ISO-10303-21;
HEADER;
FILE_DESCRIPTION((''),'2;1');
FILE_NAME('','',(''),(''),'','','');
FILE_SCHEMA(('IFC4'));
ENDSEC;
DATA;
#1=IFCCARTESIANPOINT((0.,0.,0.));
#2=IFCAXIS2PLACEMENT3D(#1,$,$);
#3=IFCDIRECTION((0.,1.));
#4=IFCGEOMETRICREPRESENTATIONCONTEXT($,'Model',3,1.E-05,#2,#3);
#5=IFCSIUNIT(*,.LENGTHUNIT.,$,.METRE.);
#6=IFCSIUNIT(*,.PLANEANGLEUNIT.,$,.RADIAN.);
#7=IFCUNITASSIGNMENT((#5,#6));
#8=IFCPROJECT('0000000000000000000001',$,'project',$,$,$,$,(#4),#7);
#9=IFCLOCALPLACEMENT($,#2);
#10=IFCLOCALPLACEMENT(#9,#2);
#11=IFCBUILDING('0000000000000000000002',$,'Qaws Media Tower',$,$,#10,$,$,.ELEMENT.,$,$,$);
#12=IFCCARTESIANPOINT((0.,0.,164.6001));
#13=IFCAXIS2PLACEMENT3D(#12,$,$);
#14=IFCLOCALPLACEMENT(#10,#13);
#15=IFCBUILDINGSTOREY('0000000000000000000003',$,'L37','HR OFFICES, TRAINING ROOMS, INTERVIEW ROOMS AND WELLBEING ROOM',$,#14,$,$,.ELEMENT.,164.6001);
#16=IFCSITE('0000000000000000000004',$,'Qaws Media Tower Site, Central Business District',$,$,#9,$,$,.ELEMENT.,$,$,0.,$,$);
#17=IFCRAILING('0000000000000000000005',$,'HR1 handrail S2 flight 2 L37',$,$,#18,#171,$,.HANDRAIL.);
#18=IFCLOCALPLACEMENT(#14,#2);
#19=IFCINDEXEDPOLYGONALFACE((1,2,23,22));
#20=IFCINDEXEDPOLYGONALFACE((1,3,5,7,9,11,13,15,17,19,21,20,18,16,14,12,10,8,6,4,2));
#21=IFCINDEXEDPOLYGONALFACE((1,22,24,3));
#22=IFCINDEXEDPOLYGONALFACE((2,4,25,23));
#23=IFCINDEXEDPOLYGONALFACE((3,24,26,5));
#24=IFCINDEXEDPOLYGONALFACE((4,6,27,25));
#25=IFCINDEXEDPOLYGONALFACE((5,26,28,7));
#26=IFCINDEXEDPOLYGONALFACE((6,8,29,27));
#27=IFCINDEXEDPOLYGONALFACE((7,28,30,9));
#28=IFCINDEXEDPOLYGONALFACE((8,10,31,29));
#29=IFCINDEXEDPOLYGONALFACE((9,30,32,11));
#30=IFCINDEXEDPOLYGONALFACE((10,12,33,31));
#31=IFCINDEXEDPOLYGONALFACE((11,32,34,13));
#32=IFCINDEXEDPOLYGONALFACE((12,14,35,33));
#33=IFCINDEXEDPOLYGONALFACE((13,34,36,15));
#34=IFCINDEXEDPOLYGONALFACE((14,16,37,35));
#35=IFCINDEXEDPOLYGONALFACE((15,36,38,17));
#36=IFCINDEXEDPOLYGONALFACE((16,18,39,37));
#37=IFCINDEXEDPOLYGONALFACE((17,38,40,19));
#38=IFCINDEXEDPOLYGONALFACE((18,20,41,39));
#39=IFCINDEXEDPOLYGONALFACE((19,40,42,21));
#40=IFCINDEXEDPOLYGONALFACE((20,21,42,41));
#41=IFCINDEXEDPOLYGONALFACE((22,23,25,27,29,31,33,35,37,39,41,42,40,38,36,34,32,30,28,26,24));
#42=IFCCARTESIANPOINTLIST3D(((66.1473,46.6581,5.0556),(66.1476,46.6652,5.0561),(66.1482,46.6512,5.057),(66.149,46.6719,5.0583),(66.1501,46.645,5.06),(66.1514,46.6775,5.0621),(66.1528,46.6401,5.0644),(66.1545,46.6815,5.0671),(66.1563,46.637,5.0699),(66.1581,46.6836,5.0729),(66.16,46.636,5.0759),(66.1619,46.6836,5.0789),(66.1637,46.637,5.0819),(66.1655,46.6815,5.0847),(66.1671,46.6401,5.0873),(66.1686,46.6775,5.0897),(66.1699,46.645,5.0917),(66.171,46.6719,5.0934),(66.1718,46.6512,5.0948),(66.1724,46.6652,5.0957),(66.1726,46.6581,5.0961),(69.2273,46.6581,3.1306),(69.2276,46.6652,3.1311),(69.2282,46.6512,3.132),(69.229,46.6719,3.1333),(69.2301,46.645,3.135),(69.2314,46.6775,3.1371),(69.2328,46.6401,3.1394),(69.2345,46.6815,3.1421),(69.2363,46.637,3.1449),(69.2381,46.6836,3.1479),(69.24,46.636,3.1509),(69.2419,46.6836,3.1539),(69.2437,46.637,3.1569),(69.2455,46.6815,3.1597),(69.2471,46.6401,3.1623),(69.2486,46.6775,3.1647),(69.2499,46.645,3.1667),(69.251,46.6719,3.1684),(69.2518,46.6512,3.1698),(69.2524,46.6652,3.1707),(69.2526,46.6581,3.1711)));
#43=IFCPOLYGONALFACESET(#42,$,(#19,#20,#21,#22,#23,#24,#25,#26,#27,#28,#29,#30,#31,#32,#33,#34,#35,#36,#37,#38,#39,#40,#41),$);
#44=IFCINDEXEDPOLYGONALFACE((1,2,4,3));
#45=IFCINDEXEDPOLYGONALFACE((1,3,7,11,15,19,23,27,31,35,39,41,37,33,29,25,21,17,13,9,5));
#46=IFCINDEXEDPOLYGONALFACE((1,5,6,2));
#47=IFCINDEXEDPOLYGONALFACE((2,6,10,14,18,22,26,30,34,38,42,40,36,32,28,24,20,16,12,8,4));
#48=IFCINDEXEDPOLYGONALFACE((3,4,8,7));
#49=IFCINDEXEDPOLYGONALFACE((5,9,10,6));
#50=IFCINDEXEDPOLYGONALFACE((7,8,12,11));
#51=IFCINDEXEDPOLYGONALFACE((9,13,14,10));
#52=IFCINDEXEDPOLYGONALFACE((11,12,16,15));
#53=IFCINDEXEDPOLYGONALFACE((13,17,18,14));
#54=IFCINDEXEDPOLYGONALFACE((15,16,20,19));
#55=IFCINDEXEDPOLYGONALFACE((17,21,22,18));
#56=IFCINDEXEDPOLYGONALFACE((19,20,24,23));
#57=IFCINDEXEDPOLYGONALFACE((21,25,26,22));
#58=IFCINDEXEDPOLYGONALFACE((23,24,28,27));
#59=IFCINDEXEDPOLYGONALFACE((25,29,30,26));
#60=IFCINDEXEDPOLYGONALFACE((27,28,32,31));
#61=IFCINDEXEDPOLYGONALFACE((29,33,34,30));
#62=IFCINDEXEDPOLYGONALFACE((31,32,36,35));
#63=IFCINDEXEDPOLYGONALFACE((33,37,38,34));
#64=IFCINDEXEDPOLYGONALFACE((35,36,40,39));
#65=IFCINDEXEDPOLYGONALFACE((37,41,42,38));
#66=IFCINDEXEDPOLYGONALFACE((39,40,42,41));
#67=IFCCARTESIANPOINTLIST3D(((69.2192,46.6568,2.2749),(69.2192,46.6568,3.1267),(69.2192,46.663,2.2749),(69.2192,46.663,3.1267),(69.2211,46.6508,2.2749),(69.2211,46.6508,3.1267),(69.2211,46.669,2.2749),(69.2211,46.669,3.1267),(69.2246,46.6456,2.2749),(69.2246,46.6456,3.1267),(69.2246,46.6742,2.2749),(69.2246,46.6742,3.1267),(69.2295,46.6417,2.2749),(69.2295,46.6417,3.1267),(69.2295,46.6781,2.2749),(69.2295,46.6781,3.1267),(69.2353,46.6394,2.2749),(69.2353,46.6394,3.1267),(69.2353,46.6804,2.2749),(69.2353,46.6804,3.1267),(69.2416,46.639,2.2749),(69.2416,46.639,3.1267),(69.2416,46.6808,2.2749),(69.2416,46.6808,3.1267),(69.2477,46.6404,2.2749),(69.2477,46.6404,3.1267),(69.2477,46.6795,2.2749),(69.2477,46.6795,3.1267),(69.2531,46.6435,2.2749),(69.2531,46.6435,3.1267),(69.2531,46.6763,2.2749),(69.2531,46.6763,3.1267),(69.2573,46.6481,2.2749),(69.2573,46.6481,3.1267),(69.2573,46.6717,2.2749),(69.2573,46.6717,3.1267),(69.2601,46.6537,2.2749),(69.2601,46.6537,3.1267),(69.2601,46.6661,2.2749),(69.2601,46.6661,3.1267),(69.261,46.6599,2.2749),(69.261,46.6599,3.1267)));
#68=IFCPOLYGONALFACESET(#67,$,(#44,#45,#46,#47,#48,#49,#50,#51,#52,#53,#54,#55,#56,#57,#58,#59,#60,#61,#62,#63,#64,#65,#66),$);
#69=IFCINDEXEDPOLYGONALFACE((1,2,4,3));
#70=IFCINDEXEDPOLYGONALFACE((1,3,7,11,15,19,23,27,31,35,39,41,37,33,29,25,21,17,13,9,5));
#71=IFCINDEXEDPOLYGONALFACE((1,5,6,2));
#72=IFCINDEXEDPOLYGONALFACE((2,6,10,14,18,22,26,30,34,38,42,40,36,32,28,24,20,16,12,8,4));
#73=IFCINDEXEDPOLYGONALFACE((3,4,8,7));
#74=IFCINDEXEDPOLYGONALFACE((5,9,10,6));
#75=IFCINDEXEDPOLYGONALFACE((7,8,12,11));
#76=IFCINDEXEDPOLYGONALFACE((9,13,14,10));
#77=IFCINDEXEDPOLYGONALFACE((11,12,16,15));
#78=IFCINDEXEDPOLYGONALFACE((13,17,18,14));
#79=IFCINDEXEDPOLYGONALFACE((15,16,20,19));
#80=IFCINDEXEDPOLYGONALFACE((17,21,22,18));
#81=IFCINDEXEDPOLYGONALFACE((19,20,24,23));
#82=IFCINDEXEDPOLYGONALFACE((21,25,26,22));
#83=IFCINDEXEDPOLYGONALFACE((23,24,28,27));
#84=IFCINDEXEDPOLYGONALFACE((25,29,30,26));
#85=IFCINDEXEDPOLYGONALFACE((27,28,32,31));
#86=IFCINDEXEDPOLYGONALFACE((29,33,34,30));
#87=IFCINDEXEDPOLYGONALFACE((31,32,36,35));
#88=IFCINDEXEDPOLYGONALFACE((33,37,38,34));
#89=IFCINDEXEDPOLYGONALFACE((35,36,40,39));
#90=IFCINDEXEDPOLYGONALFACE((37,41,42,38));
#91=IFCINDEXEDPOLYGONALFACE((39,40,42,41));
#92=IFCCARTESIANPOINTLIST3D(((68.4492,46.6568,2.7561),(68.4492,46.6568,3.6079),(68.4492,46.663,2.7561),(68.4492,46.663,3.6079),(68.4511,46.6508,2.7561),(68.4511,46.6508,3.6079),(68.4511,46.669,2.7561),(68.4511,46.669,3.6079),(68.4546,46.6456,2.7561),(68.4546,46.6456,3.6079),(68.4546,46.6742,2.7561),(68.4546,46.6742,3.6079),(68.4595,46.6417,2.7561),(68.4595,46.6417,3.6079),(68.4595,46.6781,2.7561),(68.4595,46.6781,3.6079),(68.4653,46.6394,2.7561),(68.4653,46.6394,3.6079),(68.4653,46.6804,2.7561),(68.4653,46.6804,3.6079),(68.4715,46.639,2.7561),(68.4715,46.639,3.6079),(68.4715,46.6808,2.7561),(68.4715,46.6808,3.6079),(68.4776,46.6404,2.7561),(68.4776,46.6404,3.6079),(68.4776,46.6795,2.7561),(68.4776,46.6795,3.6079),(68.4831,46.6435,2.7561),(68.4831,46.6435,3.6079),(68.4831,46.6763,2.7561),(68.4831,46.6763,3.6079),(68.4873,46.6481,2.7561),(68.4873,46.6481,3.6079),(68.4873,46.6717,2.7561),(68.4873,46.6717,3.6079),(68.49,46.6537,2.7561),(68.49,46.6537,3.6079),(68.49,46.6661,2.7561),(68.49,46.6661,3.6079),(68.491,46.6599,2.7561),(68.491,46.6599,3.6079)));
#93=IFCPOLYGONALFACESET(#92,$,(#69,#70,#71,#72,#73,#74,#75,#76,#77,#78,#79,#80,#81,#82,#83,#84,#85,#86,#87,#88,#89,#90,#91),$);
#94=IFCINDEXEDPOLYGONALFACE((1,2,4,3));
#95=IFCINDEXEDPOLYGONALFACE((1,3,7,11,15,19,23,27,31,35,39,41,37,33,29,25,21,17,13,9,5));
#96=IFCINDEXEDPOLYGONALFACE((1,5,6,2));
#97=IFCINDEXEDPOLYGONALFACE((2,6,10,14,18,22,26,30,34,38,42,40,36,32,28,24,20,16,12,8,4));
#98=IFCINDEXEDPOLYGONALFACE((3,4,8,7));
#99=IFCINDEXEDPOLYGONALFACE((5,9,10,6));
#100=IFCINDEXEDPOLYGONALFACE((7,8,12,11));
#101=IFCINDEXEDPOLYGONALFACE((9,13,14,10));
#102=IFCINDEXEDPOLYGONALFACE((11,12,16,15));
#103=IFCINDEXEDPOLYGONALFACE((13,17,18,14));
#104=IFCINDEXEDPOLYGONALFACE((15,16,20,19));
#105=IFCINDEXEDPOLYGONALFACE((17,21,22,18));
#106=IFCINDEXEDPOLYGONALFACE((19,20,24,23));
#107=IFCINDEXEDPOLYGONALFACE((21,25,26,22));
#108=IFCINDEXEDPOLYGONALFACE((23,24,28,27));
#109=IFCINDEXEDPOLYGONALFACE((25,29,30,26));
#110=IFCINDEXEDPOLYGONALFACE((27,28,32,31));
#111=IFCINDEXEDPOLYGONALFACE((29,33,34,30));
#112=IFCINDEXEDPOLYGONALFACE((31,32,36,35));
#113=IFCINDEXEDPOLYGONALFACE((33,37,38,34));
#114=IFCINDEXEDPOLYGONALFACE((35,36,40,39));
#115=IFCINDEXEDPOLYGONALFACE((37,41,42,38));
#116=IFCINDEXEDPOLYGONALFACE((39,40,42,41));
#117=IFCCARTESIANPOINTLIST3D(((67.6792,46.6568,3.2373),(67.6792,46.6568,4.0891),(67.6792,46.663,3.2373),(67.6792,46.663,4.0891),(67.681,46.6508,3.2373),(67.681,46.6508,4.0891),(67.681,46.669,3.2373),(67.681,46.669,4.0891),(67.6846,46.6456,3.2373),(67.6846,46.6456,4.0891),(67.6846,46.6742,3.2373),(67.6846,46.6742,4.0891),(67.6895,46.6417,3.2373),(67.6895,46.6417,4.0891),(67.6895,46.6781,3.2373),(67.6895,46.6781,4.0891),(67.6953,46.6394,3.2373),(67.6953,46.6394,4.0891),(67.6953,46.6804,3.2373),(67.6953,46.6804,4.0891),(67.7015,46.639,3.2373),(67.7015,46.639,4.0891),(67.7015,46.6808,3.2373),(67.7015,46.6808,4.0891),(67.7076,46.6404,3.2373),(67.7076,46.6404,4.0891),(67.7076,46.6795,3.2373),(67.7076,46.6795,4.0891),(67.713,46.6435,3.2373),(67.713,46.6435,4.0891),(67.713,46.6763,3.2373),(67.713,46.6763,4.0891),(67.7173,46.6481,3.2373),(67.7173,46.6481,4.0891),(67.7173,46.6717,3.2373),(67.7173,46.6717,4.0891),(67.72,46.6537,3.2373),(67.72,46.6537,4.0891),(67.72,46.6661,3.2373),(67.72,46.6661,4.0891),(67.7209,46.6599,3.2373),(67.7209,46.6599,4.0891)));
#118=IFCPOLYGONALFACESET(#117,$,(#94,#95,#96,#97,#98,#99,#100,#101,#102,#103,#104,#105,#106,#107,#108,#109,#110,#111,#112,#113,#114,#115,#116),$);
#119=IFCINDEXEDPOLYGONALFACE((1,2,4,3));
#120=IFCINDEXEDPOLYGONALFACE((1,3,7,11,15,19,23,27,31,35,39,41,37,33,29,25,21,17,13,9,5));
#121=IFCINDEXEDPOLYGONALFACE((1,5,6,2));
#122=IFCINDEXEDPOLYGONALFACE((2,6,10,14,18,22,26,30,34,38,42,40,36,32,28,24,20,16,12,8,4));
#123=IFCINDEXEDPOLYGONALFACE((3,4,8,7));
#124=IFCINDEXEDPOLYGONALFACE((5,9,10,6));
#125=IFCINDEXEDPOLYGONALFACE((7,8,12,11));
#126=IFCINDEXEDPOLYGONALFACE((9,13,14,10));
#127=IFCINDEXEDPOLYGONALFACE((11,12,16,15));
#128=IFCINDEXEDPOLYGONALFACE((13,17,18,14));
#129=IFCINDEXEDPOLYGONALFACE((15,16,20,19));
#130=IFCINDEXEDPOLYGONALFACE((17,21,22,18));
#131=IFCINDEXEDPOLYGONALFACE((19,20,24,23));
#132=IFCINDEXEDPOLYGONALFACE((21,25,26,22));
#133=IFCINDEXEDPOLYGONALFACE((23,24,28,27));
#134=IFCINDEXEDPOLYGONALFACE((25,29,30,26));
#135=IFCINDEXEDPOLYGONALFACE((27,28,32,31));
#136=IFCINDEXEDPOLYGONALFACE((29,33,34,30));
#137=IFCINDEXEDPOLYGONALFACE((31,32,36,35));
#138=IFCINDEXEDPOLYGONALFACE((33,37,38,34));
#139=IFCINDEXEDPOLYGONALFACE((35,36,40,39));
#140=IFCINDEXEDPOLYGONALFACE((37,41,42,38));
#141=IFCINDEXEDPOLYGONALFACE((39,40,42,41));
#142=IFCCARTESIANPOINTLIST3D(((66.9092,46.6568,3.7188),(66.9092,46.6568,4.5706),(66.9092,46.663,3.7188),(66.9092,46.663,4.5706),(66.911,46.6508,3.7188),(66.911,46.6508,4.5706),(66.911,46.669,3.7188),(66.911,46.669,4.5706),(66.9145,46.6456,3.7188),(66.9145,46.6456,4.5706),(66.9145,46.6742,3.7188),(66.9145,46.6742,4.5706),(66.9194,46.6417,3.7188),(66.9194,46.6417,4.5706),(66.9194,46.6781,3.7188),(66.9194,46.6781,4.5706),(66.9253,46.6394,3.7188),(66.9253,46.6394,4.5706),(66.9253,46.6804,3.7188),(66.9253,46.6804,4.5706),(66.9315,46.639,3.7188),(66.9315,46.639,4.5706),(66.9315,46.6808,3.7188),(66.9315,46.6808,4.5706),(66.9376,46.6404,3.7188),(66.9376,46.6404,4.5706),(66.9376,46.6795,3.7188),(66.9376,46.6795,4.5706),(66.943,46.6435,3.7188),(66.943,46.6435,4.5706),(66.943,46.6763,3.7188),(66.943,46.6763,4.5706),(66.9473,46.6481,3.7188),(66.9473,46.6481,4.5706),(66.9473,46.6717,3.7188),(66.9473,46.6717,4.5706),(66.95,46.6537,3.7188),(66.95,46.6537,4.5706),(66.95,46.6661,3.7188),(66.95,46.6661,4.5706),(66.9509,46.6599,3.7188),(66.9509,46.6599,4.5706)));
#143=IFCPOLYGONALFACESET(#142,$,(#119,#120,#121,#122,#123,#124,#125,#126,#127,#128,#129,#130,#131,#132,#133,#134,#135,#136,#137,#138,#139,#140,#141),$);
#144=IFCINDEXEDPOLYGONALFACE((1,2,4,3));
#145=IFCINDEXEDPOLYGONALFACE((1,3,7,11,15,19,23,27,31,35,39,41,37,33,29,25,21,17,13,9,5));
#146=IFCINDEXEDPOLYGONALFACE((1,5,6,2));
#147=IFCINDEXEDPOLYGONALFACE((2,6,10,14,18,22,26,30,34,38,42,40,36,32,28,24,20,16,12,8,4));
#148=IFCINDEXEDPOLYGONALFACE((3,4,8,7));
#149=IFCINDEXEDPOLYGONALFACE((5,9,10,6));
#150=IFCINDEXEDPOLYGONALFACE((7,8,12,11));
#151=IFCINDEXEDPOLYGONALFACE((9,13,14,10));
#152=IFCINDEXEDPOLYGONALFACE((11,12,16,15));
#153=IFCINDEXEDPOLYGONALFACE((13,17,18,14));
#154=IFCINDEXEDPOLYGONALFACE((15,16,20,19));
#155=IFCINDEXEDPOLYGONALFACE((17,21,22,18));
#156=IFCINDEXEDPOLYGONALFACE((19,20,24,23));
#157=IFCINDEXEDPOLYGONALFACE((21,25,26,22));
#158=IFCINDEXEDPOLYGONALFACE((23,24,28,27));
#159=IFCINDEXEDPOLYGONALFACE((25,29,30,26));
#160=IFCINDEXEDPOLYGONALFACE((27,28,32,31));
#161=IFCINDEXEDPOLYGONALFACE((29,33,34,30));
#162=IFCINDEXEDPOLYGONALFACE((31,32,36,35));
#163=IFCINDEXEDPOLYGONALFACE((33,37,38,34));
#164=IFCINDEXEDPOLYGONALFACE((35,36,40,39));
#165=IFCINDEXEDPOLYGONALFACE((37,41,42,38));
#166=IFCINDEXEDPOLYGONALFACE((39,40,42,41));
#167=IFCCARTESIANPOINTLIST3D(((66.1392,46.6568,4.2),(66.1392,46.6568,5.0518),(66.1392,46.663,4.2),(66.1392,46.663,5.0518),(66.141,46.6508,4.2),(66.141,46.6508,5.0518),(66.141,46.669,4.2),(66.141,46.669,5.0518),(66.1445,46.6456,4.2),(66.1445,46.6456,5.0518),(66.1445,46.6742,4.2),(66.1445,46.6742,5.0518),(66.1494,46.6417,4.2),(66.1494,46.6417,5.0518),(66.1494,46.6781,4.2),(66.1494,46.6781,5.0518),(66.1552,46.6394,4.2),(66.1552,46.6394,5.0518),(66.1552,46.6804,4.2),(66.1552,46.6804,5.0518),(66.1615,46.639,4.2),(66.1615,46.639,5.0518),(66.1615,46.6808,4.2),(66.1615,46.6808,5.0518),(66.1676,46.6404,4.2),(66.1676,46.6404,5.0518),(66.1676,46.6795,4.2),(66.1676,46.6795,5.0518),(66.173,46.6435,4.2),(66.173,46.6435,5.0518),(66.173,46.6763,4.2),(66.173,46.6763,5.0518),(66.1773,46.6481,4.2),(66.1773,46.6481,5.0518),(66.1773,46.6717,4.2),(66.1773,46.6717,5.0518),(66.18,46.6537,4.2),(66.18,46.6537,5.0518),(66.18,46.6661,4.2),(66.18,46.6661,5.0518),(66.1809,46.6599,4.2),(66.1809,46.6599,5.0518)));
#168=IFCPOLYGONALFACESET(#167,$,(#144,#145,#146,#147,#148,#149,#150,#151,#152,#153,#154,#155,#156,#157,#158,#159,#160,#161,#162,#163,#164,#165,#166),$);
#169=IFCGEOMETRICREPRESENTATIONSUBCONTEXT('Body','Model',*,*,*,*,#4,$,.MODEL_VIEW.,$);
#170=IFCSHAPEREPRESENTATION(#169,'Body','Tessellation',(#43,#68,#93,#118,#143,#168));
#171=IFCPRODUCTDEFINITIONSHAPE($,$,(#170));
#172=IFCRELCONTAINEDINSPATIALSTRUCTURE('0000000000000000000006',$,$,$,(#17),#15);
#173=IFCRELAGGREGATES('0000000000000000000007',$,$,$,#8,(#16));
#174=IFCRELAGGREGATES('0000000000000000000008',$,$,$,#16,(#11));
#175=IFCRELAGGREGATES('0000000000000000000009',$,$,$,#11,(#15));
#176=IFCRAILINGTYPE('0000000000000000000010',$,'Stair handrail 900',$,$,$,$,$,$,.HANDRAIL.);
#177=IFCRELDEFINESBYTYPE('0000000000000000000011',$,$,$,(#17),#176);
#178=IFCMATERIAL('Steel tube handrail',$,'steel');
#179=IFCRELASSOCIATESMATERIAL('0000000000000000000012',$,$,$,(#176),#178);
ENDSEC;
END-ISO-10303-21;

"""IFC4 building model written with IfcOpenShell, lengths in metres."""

from ifc_helpers import new_model, si_unit, direction, frame, origin, origin_2d, place, context, subcontext, project, spatial, circle, extrude, material, type_object, element, save


model = new_model("IFC4")

# Units and contexts
model_context = context("Model", 3, precision=1e-05, world=origin(), true_north=direction((0.0, 1.0)))
body_context = subcontext(model_context, "Body", "Model", "MODEL_VIEW")
ifc_project = project(units=[si_unit("LENGTHUNIT", "METRE"), si_unit("PLANEANGLEUNIT", "RADIAN")], contexts=[model_context])

# Site, building, storey
site_placement = place(None, origin())
site = spatial("IfcSite", under=ifc_project, at=site_placement, Name="Qaws Media Tower Site, Central Business District", CompositionType="ELEMENT", RefElevation=0.0)
building_placement = place(site_placement, origin())
building = spatial("IfcBuilding", under=site, at=building_placement, Name="Qaws Media Tower", CompositionType="ELEMENT")
storey_placement = place(building_placement, frame((0.0, 0.0, 164.6001)))
storey = spatial("IfcBuildingStorey", under=building, at=storey_placement, Name="L37", Description="HR OFFICES, TRAINING ROOMS, INTERVIEW ROOMS AND WELLBEING ROOM", CompositionType="ELEMENT", Elevation=164.6001)

# Railing
ifc_material_1 = material(Name="Steel tube handrail", Category="steel")
railing_type = type_object("IfcRailingType", Name="Stair handrail 900", PredefinedType="HANDRAIL", material=ifc_material_1)
for number, where, name in (
    (1, (69.24, 46.6599, 2.2749), "HR1 handrail S2 flight 2 L37"),
):
    element("IfcRailing", number, at=place(storey_placement, frame(where)), inside=storey, type_object=railing_type, Name=name, PredefinedType="HANDRAIL", context=body_context, shape_type="SweptSolid", body=[
        extrude(circle(Radius=0.0239, at=origin_2d()), frame((0.0, 0.0, 0.876), z_axis=(-0.847998, 0.0, 0.529999), x_axis=(0.0, -1.0, 0.0)), (0.0, 0.0, 1.0), 3.6321),
        extrude(circle(Radius=0.021, at=origin_2d()), origin(), (0.0, 0.0, 1.0), 0.8518),
        extrude(circle(Radius=0.021, at=origin_2d()), frame((-0.77, 0.0, 0.4812)), (0.0, 0.0, 1.0), 0.8518),
        extrude(circle(Radius=0.021, at=origin_2d()), frame((-1.54, 0.0, 0.9624)), (0.0, 0.0, 1.0), 0.8518),
        extrude(circle(Radius=0.021, at=origin_2d()), frame((-2.3101, 0.0, 1.4438)), (0.0, 0.0, 1.0), 0.8518),
        extrude(circle(Radius=0.021, at=origin_2d()), frame((-3.0801, 0.0, 1.925)), (0.0, 0.0, 1.0), 0.8518),
    ])

save(model, "model.ifc")
